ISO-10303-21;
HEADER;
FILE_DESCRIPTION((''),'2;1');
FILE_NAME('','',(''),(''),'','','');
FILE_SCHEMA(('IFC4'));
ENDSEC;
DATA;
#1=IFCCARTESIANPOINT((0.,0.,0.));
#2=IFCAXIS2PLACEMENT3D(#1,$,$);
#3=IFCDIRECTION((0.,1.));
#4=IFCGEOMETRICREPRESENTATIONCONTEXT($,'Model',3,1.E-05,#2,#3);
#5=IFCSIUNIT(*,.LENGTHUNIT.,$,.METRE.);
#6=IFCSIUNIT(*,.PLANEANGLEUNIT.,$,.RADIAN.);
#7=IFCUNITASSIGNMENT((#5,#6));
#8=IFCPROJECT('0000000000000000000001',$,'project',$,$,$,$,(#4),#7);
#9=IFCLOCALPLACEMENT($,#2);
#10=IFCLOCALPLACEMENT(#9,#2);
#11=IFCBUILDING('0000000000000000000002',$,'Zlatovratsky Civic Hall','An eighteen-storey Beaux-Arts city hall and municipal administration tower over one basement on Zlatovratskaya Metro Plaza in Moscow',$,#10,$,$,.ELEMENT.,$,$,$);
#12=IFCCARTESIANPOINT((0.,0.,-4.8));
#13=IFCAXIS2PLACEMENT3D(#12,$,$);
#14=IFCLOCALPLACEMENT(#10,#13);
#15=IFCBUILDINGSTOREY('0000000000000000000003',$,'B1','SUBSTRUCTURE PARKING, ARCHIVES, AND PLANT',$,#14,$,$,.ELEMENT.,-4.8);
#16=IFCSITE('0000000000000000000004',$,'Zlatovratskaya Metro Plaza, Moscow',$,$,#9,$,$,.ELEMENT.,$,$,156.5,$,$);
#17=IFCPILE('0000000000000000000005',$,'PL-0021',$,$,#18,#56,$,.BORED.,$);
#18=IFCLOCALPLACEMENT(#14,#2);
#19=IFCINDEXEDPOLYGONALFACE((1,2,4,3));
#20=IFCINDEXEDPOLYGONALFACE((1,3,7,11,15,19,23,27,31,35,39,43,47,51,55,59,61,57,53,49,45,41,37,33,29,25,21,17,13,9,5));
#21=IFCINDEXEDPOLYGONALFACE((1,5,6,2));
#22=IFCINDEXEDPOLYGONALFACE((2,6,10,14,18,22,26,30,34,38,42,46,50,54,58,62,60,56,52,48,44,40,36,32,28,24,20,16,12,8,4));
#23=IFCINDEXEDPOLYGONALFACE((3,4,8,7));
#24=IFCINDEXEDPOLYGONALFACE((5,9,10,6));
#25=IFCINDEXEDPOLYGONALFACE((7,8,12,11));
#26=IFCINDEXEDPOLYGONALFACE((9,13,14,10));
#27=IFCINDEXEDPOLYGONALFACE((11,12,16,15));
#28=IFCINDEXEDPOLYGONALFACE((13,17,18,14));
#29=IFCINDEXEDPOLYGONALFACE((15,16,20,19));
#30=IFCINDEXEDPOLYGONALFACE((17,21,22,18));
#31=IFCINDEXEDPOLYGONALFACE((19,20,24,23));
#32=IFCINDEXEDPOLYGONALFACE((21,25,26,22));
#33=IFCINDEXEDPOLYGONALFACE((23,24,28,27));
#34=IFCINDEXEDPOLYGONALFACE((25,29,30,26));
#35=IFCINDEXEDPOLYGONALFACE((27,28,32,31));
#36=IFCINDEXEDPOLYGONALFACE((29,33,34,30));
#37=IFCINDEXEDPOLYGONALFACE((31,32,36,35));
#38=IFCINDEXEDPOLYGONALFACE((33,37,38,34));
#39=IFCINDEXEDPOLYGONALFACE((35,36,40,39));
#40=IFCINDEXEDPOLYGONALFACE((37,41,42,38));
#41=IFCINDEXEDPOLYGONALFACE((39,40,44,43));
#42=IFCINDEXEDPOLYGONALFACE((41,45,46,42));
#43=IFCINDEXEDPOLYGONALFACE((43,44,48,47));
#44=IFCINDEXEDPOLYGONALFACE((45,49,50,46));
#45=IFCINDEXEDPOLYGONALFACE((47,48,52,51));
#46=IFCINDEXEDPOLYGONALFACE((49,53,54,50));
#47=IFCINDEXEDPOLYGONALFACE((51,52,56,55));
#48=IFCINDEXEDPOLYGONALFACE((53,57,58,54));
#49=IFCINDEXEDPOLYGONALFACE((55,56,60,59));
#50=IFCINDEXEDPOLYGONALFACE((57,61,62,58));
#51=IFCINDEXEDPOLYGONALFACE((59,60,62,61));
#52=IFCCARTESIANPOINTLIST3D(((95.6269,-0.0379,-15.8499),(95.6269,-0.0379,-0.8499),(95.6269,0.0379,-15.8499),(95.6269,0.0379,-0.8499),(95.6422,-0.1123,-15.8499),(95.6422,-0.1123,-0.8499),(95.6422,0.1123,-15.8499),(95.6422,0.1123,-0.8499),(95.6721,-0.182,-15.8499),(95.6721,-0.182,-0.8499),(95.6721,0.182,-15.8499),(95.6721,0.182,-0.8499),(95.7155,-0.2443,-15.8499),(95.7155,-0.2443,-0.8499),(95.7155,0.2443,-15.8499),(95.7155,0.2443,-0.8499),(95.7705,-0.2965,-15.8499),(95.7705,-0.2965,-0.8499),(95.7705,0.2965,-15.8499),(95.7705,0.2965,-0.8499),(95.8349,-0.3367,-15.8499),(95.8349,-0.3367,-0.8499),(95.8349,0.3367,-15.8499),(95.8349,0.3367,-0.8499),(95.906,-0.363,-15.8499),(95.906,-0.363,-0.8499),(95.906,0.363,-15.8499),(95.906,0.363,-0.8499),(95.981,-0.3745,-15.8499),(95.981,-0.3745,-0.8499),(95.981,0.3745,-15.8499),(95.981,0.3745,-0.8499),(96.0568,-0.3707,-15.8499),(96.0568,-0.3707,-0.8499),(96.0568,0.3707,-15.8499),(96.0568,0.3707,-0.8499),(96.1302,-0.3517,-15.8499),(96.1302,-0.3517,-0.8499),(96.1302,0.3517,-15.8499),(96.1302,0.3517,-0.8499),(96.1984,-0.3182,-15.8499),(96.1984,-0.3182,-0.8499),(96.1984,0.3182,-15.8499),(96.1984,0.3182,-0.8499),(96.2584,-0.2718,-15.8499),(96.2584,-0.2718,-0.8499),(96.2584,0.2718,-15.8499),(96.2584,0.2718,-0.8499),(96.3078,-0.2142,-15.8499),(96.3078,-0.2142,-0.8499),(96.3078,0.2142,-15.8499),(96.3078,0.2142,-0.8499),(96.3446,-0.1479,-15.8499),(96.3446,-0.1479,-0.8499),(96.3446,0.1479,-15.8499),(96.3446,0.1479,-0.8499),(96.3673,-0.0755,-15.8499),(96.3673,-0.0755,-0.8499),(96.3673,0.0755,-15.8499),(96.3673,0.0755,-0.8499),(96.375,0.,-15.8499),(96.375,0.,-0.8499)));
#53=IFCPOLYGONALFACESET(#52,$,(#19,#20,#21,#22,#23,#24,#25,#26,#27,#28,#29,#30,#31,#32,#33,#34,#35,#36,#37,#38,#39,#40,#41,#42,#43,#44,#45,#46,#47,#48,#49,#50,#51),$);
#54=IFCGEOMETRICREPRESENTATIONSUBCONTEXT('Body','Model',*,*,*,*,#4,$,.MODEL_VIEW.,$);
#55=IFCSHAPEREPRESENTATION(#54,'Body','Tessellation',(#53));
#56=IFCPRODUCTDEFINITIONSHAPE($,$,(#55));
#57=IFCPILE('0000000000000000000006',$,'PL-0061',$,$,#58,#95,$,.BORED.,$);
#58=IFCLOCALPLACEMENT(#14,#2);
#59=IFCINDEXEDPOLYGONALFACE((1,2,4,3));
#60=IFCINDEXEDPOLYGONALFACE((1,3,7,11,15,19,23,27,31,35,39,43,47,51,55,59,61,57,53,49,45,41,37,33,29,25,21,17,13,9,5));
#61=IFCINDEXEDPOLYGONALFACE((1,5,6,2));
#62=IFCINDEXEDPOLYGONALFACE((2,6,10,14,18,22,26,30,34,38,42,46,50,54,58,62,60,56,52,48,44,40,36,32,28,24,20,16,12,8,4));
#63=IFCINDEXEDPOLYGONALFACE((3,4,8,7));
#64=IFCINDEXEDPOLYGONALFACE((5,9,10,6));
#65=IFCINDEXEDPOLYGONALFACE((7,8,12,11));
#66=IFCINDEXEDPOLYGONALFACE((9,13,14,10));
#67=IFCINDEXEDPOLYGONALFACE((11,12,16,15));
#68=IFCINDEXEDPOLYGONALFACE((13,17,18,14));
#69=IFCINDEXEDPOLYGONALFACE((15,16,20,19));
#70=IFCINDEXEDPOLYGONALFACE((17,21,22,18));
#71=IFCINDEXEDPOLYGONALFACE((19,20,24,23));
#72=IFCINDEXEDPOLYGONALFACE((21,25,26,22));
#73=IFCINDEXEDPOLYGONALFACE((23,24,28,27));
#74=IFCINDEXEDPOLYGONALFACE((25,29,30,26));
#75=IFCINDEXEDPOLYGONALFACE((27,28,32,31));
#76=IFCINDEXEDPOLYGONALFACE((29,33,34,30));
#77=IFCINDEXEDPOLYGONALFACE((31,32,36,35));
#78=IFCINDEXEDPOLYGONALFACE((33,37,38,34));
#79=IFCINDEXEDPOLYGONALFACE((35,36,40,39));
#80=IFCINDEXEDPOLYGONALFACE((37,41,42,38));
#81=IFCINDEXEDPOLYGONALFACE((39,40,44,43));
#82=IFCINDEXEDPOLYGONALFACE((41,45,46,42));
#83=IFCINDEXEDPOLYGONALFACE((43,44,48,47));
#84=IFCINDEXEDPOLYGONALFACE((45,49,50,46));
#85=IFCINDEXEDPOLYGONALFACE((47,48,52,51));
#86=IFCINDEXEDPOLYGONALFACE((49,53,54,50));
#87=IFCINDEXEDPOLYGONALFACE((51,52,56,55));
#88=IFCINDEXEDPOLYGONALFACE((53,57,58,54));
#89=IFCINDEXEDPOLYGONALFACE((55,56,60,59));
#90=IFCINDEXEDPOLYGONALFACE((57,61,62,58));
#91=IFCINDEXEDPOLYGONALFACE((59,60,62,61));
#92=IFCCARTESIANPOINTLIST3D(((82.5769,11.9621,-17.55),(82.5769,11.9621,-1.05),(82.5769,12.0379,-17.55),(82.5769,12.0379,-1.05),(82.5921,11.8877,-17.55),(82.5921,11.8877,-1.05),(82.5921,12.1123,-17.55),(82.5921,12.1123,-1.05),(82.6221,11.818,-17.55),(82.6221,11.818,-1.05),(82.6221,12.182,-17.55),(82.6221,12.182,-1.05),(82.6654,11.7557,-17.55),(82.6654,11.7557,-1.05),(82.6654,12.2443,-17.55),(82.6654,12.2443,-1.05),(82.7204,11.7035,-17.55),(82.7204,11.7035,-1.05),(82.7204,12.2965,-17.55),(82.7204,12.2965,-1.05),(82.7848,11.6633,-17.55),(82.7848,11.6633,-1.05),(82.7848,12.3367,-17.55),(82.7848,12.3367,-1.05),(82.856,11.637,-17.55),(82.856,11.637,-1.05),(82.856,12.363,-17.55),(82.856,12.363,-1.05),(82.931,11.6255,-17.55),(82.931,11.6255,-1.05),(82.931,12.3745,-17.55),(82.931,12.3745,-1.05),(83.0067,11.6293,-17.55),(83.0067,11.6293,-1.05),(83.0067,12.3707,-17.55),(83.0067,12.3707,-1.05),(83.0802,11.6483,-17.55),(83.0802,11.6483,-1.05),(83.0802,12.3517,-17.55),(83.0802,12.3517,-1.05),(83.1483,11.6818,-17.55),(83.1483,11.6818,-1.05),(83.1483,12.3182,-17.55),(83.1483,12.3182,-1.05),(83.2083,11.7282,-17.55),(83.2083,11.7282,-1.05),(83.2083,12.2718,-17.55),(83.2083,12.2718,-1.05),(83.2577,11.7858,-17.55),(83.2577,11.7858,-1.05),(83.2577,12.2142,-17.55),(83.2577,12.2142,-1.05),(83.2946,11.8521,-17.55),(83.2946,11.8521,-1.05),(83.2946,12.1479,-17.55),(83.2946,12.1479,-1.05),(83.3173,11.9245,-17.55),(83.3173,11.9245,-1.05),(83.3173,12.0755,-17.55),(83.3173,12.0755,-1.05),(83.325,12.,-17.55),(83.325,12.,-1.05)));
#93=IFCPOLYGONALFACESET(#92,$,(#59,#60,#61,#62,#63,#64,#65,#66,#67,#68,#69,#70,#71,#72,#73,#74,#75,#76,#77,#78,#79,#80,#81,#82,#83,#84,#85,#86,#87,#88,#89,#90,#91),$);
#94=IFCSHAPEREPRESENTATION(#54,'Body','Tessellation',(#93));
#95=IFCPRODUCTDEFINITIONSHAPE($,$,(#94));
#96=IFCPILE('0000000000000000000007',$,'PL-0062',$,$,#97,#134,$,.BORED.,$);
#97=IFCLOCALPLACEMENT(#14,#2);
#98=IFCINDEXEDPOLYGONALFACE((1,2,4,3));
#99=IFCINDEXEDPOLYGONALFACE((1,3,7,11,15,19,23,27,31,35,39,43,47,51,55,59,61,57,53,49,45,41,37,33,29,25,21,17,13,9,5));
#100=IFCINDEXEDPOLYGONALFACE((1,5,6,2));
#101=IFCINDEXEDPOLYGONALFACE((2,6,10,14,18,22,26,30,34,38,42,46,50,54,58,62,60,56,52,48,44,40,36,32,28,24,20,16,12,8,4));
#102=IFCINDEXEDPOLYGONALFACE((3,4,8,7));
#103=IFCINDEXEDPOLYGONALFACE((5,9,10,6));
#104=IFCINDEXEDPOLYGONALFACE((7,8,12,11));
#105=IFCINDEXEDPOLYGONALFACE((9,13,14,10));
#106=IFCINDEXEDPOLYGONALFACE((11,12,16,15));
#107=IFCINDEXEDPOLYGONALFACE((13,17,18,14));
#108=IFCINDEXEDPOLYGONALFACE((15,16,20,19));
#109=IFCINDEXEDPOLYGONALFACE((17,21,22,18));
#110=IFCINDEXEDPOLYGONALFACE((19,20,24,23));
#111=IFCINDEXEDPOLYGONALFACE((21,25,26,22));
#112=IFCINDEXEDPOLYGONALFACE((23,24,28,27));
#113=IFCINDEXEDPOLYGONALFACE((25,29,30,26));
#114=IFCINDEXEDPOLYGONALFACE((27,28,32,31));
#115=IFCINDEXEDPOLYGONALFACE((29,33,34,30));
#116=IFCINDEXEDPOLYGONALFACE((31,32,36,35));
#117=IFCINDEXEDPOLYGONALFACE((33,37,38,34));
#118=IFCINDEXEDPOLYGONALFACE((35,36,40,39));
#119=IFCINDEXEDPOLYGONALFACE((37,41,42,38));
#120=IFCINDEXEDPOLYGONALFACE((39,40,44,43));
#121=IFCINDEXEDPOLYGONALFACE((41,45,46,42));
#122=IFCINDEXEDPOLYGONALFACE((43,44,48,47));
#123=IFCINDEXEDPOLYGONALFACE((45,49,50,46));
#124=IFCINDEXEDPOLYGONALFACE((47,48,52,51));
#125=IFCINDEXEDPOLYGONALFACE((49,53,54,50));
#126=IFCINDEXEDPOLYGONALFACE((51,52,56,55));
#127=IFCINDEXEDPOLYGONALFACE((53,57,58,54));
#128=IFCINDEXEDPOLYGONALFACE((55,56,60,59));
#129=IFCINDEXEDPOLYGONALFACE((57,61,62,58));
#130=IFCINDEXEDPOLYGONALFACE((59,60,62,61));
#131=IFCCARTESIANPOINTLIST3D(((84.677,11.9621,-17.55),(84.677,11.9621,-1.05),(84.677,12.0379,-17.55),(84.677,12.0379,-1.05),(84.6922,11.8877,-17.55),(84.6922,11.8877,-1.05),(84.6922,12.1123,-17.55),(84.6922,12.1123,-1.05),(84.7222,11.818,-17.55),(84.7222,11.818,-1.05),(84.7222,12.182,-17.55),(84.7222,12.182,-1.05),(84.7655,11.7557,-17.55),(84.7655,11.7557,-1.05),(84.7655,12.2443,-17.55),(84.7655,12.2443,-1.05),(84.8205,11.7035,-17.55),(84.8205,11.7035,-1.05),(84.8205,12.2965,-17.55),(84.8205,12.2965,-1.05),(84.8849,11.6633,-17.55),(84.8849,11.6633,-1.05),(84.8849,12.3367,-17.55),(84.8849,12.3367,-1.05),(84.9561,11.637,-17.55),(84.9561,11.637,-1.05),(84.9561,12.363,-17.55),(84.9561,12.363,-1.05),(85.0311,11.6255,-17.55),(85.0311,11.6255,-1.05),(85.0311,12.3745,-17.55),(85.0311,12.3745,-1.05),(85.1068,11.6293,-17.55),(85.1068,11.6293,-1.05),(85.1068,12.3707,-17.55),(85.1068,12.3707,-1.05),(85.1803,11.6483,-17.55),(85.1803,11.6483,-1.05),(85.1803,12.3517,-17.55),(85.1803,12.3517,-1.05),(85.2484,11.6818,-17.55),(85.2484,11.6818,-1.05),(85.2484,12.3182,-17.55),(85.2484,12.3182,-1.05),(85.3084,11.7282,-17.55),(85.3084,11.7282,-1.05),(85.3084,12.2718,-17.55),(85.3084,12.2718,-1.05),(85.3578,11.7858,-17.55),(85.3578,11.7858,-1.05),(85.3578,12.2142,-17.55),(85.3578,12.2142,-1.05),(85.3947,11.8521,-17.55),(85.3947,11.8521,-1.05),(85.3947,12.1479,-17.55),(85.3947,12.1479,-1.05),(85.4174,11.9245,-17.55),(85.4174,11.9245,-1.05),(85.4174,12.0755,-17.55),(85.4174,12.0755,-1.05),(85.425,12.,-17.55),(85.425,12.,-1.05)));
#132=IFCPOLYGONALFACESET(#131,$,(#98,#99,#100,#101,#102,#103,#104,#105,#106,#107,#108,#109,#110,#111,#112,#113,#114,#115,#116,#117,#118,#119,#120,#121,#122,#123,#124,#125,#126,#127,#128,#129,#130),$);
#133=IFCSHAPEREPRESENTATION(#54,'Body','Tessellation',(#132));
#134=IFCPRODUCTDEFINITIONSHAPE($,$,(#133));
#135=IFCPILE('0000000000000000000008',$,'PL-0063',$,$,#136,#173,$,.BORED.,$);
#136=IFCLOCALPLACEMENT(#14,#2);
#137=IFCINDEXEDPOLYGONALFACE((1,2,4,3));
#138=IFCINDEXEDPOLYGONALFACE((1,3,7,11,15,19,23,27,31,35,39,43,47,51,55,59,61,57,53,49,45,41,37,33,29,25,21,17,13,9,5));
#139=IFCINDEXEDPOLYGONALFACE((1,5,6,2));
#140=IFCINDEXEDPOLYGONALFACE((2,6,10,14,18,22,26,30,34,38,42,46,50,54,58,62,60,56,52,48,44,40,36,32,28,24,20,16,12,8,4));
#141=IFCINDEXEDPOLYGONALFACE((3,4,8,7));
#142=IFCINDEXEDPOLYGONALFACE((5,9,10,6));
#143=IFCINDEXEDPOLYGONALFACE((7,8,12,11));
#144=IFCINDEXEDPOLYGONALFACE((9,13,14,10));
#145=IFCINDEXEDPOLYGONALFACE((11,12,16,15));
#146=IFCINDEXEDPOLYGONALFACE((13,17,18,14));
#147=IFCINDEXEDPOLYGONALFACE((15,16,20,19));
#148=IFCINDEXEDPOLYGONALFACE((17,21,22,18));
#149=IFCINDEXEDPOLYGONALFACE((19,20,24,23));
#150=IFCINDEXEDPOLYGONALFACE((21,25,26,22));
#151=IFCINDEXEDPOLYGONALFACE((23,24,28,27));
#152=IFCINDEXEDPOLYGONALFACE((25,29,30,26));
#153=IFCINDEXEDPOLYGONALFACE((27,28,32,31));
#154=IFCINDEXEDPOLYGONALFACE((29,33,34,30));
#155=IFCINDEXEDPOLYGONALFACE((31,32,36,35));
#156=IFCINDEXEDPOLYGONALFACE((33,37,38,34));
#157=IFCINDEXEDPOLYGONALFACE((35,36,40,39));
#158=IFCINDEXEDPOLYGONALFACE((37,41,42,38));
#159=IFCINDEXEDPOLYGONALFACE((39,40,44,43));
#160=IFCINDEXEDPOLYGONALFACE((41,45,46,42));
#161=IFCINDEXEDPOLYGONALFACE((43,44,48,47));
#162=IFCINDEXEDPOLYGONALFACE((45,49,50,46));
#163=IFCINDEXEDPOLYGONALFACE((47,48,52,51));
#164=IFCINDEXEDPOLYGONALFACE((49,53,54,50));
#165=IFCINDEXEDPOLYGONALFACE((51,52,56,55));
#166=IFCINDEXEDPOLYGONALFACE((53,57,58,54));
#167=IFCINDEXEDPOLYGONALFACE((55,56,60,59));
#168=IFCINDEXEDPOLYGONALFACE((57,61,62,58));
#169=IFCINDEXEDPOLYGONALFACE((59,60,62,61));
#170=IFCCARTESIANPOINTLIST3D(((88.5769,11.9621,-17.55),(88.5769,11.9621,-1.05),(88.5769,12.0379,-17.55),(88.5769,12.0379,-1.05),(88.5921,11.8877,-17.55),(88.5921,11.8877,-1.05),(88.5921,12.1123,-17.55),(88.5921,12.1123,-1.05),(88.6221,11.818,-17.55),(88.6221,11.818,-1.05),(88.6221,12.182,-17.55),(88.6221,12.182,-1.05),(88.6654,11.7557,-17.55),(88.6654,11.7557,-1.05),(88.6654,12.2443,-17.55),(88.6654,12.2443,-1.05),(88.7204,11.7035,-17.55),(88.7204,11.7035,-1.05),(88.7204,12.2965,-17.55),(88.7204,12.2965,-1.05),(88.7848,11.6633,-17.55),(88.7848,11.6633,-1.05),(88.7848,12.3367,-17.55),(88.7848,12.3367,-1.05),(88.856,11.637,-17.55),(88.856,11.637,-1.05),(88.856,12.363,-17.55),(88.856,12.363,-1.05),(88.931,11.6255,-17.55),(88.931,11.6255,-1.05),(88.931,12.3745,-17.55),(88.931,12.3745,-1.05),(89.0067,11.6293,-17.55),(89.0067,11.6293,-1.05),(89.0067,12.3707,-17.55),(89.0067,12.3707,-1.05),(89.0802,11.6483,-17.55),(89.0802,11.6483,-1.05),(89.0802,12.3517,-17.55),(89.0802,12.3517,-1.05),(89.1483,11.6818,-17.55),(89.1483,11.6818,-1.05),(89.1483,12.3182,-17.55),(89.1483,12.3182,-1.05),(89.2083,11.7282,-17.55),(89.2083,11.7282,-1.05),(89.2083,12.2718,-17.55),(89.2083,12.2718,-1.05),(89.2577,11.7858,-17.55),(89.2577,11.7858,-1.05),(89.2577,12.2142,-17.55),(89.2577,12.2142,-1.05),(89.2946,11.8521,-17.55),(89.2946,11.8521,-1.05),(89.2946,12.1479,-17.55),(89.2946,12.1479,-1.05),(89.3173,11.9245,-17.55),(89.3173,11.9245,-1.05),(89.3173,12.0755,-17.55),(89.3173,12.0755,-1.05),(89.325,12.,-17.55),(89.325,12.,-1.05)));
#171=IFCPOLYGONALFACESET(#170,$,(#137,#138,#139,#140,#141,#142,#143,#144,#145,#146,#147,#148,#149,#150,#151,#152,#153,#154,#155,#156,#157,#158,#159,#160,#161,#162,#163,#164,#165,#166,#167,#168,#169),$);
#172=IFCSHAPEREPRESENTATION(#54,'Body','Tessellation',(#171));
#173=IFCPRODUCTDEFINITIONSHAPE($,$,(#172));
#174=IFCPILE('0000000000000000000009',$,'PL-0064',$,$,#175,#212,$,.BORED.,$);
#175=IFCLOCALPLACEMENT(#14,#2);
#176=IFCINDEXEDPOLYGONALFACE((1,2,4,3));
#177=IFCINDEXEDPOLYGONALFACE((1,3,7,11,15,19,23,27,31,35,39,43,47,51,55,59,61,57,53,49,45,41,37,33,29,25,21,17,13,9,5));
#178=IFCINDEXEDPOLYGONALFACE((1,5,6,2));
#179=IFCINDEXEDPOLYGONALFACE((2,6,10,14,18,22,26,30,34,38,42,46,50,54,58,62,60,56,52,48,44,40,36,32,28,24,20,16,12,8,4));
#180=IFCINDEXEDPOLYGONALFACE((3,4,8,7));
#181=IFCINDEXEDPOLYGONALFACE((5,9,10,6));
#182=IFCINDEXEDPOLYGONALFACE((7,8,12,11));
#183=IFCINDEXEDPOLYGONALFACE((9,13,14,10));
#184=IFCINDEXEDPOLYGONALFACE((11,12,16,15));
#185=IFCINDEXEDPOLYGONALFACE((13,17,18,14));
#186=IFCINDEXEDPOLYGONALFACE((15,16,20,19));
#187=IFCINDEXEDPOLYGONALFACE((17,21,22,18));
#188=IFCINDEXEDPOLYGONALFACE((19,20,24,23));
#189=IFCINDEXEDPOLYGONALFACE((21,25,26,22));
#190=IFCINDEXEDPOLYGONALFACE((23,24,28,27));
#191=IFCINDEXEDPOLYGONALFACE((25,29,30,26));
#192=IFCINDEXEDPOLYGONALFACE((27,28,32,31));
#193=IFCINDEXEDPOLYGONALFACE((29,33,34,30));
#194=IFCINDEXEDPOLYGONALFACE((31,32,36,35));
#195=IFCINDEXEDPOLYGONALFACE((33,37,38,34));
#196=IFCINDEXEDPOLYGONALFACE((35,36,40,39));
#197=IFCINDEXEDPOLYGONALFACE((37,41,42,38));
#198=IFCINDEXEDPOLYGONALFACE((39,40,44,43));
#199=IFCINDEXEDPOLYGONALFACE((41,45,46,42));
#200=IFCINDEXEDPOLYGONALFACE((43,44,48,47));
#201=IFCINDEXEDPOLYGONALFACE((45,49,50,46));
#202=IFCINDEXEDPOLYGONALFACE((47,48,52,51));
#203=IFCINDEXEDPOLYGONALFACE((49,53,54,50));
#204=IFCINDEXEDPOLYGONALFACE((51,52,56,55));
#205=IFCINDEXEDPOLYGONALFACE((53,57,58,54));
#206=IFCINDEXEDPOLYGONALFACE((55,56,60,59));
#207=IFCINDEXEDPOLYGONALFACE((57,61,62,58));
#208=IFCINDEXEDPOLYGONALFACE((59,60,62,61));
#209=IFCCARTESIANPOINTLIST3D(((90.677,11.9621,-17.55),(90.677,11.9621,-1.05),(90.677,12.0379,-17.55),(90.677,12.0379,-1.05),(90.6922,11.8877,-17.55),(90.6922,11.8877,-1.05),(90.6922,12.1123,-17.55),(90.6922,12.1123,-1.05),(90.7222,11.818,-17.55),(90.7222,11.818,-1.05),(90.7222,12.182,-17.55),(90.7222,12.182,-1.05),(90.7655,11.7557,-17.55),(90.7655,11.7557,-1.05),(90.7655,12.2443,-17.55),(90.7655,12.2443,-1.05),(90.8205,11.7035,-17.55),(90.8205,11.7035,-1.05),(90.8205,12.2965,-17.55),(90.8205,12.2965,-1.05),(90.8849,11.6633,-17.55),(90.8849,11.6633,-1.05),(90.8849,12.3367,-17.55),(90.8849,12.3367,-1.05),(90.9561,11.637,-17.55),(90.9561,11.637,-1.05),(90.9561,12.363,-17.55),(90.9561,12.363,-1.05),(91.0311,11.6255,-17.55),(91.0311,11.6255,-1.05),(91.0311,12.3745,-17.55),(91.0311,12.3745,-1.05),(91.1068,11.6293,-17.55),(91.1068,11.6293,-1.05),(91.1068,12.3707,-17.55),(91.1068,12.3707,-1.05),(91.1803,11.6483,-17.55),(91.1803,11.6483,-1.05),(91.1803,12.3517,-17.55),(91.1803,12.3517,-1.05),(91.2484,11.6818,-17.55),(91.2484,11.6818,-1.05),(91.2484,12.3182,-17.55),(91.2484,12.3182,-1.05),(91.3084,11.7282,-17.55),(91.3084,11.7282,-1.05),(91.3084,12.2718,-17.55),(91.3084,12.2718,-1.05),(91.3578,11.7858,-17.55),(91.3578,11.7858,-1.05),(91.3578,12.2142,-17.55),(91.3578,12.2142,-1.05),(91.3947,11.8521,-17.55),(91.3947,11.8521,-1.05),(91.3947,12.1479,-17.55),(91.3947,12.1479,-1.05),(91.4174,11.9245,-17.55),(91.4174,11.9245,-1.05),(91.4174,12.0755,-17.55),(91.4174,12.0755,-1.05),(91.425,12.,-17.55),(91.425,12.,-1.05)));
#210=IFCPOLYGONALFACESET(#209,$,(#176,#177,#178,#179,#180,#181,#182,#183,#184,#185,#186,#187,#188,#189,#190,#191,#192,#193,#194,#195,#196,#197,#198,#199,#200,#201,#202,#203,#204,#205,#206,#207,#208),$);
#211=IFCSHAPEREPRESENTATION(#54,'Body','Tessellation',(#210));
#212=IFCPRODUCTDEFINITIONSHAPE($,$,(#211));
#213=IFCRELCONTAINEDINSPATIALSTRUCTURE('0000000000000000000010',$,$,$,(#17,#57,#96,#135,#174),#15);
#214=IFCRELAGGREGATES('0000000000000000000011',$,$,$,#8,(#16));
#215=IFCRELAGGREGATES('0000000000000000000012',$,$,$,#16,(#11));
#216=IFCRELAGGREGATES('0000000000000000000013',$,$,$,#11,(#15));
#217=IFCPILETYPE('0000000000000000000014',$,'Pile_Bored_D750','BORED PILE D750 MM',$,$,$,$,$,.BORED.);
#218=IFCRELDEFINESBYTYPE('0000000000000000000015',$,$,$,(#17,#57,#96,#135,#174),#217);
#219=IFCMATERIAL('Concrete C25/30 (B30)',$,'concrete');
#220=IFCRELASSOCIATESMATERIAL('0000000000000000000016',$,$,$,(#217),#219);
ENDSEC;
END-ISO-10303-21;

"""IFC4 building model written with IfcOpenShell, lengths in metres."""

from ifc_helpers import new_model, si_unit, direction, frame, origin, origin_2d, place, context, subcontext, project, spatial, circle, extrude, material, material_profile, profile_set, type_object, element, save


model = new_model("IFC4")

# Units and contexts
model_context = context("Model", 3, precision=1e-05, world=origin(), true_north=direction((0.0, 1.0)))
body_context = subcontext(model_context, "Body", "Model", "MODEL_VIEW")
ifc_project = project(units=[si_unit("LENGTHUNIT", "METRE"), si_unit("PLANEANGLEUNIT", "RADIAN")], contexts=[model_context])

# Site, building, storey
site_placement = place(None, origin())
site = spatial("IfcSite", under=ifc_project, at=site_placement, Name="Zlatovratskaya Metro Plaza, Moscow", CompositionType="ELEMENT", RefElevation=156.5)
building_placement = place(site_placement, origin())
building = spatial("IfcBuilding", under=site, at=building_placement, Name="Zlatovratsky Civic Hall", Description="An eighteen-storey Beaux-Arts city hall and municipal administration tower over one basement on Zlatovratskaya Metro Plaza in Moscow", CompositionType="ELEMENT")
storey_placement = place(building_placement, frame((0.0, 0.0, -4.8)))
storey = spatial("IfcBuildingStorey", under=building, at=storey_placement, Name="B1", Description="SUBSTRUCTURE PARKING, ARCHIVES, AND PLANT", CompositionType="ELEMENT", Elevation=-4.8)

# Shared definitions
ifc_material_1 = material(Name="Concrete C25/30 (B30)", Category="concrete")

# Piles
ifc_material_profile_1 = material_profile(ifc_material_1, circle(Radius=0.375, at=origin_2d()), Name="PILE D750")
ifc_profile_set_1 = profile_set([ifc_material_profile_1], Name="Concrete C25/30 (B30)")
pile_type = type_object("IfcPileType", Name="Pile_Bored_D750", Description="BORED PILE D750 MM", PredefinedType="BORED", material=ifc_profile_set_1)
for number, where, z_axis, x_axis, name in (
    (1, (96.0, 0.0, -0.8499), (0.0, 0.0, -1.0), (1.0, 0.0, 0.0), "PL-0021"),
):
    element("IfcPile", number, at=place(storey_placement, frame(where, z_axis=z_axis, x_axis=x_axis)), inside=storey, type_object=pile_type, Name=name, PredefinedType="BORED", context=body_context, shape_type="SweptSolid", body=[
        extrude(circle(Radius=0.375, at=origin_2d()), origin(), (0.0, 0.0, 1.0), 15.0),
    ])
for number, where, z_axis, x_axis, name in (
    (2, (82.95, 12.0, -1.05), (0.0, 0.0, -1.0), (1.0, 0.0, 0.0), "PL-0061"),
    (3, (85.05, 12.0, -1.05), (0.0, 0.0, -1.0), (1.0, 0.0, 0.0), "PL-0062"),
    (4, (88.95, 12.0, -1.05), (0.0, 0.0, -1.0), (1.0, 0.0, 0.0), "PL-0063"),
    (5, (91.05, 12.0, -1.05), (0.0, 0.0, -1.0), (1.0, 0.0, 0.0), "PL-0064"),
):
    element("IfcPile", number, at=place(storey_placement, frame(where, z_axis=z_axis, x_axis=x_axis)), inside=storey, type_object=pile_type, Name=name, PredefinedType="BORED", context=body_context, shape_type="SweptSolid", body=[
        extrude(circle(Radius=0.375, at=origin_2d()), origin(), (0.0, 0.0, 1.0), 16.5),
    ])

save(model, "model.ifc")
